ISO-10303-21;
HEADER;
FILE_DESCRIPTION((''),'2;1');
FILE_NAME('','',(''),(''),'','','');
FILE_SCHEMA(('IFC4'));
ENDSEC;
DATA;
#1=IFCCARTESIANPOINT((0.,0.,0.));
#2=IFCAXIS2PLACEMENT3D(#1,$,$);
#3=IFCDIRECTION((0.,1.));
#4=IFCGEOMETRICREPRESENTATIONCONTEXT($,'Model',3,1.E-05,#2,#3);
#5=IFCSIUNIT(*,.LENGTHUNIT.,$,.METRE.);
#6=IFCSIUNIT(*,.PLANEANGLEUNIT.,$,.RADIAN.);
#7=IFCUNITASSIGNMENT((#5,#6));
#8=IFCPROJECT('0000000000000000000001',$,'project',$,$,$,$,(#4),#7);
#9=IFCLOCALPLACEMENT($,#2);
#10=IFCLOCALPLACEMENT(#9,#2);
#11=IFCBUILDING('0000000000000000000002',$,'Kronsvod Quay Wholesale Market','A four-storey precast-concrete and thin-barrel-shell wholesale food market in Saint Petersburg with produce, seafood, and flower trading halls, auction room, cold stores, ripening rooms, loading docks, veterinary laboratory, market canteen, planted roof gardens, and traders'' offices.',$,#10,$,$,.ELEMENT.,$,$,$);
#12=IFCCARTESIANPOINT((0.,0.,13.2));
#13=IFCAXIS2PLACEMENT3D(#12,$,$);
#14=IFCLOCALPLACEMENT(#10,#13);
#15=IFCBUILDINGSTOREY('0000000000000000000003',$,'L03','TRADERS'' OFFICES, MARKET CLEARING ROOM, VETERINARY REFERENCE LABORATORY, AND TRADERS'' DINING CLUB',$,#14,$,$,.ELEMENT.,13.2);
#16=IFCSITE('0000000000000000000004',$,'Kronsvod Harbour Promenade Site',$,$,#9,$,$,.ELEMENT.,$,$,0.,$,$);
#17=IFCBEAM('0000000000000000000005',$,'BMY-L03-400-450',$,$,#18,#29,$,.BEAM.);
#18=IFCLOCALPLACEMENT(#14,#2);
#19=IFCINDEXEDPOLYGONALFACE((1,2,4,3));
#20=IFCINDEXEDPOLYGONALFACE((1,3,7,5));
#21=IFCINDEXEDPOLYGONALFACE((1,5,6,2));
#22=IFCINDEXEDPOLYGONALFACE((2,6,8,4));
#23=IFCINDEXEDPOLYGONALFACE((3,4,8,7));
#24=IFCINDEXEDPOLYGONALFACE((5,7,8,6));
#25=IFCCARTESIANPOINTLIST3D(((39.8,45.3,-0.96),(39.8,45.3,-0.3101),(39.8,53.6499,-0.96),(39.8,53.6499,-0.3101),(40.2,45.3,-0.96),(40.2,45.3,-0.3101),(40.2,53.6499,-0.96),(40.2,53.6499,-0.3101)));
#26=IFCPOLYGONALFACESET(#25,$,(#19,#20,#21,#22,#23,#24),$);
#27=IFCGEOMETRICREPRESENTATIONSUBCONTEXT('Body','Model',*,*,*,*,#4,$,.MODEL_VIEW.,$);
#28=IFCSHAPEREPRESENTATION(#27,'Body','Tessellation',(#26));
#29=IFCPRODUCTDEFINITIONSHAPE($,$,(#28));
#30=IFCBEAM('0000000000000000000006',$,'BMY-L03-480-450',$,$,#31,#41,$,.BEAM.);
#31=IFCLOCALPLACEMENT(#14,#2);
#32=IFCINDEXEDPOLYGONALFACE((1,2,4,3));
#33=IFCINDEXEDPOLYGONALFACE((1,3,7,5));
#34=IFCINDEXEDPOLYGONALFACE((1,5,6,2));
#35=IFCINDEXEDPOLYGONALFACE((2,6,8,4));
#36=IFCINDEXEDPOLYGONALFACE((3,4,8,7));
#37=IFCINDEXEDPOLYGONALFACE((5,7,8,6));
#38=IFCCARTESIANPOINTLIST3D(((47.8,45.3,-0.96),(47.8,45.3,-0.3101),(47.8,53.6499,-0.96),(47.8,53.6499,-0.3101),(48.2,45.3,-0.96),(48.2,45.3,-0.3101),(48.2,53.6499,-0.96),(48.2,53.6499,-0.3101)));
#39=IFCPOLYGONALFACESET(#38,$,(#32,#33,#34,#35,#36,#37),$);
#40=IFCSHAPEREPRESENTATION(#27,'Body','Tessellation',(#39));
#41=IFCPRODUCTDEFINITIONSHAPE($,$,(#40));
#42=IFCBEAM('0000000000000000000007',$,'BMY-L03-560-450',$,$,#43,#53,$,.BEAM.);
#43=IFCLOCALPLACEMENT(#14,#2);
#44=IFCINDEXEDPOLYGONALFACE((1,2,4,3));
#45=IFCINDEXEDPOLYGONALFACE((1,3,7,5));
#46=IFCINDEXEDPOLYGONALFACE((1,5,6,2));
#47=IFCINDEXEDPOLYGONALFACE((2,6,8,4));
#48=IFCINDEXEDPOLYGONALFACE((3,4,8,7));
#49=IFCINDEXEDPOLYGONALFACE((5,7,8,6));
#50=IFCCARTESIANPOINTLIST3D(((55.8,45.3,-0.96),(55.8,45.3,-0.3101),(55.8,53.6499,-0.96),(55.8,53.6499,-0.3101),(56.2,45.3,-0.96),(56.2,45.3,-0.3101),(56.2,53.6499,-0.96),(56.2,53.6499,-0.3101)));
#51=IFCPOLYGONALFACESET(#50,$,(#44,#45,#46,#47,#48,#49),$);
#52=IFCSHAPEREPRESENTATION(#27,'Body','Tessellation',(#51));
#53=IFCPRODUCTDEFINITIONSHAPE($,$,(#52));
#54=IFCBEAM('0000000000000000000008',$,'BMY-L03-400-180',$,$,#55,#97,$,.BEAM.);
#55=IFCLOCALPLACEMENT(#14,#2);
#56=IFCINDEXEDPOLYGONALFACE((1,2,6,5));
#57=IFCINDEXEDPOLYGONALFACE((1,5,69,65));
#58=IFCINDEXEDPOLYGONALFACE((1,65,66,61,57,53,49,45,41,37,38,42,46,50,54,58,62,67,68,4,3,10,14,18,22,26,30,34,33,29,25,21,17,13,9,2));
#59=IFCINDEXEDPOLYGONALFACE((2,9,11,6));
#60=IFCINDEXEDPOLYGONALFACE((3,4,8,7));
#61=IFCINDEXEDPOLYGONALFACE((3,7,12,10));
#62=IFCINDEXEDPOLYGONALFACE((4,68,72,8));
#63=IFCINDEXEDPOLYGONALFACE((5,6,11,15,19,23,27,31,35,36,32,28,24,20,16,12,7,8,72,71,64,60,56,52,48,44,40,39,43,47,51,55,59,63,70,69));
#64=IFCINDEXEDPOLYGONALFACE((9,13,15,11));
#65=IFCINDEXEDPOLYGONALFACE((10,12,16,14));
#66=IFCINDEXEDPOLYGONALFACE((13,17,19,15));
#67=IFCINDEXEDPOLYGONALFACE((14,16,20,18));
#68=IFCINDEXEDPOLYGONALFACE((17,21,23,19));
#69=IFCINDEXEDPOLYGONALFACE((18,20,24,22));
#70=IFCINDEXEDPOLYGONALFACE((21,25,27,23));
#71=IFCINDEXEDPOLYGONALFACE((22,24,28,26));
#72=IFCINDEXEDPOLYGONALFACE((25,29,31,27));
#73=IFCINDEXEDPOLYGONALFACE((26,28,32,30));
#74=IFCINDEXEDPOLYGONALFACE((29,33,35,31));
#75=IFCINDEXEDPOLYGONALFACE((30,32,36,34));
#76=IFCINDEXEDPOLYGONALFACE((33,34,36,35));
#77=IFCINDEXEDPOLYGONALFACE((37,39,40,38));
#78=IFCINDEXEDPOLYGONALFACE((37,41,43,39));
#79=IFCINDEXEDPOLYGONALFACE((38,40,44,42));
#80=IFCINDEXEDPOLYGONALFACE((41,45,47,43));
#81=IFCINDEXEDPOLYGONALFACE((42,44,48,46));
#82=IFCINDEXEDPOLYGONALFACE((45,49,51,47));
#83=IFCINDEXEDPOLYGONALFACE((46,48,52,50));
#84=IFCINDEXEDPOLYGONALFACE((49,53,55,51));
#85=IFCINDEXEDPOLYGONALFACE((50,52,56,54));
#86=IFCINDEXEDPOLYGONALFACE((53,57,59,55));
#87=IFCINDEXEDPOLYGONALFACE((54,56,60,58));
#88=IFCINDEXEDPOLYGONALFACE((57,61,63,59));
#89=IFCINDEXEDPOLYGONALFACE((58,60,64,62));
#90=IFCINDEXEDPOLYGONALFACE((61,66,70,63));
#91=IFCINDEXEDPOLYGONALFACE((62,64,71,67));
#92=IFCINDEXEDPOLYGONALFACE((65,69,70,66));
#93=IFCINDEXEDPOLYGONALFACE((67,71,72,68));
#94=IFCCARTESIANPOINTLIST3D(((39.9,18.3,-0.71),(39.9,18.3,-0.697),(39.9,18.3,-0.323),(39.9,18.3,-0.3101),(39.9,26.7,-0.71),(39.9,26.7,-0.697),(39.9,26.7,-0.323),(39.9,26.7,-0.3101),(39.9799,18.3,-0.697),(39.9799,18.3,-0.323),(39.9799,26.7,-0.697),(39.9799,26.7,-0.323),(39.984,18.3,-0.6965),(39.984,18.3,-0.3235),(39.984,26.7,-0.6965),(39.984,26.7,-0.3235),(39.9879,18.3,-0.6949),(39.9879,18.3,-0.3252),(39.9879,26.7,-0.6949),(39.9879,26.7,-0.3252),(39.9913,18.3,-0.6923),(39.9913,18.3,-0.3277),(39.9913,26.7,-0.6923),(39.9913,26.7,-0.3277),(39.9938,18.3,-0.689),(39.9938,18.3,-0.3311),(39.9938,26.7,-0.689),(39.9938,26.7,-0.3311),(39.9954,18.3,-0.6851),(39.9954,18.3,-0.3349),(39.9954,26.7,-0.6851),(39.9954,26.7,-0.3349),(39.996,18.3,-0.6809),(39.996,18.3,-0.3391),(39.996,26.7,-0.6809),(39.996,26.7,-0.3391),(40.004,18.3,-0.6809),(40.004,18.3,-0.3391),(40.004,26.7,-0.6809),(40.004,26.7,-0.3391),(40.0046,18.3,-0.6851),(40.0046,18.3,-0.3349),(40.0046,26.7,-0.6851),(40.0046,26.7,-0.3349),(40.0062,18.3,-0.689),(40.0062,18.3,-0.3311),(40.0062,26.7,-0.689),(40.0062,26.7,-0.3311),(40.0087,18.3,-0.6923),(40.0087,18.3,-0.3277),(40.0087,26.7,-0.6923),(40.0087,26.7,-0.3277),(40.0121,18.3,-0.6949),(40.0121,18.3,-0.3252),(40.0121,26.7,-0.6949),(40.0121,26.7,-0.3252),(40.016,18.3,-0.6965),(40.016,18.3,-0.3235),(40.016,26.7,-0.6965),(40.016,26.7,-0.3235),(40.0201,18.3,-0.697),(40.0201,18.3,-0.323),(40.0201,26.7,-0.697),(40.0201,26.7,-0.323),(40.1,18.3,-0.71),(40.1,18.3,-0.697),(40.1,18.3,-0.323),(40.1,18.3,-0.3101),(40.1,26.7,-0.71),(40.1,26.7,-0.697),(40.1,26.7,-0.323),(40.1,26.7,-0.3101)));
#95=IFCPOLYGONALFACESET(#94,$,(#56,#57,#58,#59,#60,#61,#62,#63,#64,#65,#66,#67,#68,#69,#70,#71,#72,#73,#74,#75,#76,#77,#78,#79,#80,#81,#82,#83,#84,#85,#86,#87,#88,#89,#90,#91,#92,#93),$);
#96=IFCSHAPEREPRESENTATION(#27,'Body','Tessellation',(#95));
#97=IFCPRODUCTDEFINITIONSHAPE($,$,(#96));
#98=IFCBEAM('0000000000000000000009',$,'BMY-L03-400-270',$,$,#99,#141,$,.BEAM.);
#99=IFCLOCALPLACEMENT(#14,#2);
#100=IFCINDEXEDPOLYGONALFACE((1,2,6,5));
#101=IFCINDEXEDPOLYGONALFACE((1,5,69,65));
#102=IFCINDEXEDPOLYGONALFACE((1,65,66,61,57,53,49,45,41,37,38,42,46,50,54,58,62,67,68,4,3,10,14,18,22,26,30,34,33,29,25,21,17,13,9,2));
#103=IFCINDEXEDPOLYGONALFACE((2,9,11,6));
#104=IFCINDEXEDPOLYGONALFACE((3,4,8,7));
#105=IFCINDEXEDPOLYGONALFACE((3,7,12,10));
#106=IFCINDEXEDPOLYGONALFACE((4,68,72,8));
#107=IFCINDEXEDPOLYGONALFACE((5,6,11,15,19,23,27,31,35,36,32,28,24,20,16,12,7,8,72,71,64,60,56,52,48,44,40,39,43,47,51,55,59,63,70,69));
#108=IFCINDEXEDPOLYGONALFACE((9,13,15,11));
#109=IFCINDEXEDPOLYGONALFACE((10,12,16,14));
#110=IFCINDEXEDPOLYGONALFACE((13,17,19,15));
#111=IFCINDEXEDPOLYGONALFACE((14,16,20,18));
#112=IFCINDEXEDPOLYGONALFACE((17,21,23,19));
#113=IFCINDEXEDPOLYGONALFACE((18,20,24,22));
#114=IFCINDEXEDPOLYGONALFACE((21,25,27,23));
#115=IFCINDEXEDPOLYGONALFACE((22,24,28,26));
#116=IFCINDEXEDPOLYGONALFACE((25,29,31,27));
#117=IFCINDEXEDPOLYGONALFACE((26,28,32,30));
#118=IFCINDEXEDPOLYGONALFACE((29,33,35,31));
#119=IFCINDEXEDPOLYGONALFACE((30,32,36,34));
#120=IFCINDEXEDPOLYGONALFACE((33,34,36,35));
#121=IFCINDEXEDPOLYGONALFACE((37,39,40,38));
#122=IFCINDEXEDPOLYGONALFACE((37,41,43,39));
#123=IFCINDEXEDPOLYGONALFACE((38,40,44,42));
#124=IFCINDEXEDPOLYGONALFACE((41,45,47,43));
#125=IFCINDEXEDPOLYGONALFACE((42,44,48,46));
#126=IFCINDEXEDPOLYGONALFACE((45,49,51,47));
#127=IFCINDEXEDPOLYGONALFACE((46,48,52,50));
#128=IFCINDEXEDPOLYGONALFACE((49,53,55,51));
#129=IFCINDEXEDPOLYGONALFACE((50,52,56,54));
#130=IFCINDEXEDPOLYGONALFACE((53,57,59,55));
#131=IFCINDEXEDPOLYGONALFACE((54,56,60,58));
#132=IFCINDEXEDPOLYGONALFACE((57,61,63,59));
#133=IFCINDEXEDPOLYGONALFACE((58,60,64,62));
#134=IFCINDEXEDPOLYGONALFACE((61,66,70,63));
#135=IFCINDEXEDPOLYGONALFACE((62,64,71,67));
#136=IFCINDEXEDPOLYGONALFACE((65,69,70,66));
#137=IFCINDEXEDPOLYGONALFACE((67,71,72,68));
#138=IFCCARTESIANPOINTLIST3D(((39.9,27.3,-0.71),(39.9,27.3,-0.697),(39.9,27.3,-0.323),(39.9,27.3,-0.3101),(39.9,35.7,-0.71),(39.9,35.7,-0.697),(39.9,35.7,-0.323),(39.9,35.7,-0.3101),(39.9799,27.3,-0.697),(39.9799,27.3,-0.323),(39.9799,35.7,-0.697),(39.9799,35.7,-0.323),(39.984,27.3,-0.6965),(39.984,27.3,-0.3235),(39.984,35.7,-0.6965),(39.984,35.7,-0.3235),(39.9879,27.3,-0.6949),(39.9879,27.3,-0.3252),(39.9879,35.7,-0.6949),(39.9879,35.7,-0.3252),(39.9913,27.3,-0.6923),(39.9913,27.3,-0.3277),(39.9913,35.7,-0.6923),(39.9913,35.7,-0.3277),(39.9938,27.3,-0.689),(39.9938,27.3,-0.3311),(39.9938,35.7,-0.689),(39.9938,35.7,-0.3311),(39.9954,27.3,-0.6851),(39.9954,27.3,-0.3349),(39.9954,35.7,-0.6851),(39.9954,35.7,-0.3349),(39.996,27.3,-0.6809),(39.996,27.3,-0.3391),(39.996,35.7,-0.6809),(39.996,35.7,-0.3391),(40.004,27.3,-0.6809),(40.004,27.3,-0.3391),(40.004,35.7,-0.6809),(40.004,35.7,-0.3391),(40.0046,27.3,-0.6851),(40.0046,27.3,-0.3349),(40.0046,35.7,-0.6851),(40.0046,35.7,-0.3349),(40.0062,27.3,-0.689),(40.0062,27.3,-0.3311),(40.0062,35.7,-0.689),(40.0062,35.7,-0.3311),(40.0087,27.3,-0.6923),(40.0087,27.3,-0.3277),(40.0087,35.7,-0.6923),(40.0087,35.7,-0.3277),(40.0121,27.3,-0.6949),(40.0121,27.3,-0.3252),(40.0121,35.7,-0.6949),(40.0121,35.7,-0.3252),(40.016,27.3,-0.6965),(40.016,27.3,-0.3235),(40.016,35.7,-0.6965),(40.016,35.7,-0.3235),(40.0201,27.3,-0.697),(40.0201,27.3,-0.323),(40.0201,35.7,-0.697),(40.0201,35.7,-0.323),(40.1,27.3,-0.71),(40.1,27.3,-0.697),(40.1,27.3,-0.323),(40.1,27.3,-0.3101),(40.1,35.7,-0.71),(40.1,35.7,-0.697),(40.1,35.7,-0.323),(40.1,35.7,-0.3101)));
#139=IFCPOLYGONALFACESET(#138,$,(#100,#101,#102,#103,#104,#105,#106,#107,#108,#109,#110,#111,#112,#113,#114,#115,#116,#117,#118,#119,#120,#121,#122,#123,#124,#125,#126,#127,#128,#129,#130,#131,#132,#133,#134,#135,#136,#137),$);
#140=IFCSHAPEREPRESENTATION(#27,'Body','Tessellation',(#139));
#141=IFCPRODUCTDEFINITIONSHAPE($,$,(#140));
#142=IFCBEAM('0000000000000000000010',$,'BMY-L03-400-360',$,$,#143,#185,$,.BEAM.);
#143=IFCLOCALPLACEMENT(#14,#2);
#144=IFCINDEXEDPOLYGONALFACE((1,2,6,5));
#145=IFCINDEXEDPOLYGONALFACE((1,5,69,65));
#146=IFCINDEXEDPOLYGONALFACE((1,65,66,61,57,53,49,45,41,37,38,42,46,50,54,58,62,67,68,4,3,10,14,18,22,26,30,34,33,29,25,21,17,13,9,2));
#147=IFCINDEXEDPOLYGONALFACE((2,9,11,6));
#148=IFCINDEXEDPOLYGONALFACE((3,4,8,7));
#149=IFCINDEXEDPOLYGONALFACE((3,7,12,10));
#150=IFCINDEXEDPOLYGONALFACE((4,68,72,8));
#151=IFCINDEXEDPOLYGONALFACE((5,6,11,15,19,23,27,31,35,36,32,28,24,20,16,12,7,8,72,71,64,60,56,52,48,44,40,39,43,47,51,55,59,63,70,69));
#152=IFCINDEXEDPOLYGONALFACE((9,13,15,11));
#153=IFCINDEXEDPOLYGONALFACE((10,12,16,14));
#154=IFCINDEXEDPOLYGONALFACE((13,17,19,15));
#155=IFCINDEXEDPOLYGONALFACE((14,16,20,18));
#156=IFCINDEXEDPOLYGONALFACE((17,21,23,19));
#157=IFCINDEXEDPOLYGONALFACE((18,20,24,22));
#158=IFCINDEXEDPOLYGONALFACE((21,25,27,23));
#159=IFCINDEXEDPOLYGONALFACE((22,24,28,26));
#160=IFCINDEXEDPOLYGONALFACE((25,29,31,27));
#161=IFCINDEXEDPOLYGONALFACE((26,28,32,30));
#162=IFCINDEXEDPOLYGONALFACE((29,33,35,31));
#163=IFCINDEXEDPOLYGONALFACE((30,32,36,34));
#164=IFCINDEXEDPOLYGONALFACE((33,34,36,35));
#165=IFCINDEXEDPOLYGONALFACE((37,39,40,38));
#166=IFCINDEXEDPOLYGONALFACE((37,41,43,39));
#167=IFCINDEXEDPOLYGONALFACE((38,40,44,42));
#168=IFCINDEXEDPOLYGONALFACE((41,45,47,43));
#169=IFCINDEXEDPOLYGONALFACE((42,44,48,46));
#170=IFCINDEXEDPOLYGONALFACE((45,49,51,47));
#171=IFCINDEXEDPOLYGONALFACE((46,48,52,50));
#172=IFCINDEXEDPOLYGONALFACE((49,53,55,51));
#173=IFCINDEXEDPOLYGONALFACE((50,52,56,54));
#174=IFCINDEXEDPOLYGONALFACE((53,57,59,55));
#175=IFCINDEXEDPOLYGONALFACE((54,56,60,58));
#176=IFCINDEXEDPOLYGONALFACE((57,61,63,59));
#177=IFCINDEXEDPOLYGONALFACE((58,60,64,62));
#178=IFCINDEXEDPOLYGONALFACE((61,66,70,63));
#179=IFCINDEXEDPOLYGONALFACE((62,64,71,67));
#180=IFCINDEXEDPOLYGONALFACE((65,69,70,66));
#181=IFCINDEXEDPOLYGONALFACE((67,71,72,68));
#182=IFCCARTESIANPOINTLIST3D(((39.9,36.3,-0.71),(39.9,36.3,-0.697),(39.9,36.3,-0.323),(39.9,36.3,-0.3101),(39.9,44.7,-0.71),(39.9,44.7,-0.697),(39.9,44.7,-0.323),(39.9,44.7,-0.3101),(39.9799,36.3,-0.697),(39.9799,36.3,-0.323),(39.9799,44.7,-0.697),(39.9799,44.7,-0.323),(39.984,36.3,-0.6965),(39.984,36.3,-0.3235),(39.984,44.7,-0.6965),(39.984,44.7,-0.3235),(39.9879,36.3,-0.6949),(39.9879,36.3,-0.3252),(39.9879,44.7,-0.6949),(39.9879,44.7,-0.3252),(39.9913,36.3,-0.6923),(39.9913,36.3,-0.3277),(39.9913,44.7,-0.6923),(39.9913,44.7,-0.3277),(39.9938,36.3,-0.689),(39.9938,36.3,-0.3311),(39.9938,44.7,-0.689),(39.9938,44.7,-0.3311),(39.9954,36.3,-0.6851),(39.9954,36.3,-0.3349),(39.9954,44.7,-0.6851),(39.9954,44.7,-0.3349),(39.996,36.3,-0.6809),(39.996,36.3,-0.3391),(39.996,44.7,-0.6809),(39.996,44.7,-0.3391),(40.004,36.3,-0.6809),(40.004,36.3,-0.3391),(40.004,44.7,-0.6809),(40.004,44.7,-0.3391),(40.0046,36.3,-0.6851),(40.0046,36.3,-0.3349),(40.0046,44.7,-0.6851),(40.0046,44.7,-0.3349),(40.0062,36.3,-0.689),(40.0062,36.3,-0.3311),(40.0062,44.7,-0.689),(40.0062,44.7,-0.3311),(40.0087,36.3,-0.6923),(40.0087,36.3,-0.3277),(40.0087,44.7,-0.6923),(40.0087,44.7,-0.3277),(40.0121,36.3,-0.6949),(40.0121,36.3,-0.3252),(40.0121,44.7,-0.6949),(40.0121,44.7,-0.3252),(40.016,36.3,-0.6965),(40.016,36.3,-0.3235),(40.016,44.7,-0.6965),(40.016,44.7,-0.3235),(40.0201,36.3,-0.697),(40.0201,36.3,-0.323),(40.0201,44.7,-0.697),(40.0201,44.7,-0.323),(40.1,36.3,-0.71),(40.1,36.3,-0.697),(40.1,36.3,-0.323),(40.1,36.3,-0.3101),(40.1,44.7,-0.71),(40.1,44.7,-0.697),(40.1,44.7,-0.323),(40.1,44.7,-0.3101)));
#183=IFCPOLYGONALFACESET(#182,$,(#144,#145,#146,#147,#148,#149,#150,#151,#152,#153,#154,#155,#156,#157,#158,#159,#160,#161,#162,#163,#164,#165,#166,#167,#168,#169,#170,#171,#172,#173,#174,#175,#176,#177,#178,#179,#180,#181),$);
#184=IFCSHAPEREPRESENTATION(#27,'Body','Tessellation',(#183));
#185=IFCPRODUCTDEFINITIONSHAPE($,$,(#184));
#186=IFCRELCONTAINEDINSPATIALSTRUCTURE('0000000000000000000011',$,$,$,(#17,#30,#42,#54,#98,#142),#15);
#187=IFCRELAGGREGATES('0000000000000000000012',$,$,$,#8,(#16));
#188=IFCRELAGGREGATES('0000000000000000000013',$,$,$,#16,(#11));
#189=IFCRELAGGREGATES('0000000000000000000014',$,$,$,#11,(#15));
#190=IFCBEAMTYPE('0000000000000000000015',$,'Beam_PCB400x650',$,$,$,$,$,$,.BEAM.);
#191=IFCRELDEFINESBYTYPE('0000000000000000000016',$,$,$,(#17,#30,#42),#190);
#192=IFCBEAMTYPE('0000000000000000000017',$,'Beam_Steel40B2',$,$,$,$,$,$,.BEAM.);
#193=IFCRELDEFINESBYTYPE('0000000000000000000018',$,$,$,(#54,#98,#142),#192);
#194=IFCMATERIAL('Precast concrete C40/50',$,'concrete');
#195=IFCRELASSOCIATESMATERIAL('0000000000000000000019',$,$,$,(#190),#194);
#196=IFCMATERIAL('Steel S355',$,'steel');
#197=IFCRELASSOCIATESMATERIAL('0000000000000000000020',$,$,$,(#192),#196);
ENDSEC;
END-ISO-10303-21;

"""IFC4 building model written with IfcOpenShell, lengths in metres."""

from ifc_helpers import new_model, si_unit, direction, frame, origin, origin_2d, place, context, subcontext, project, spatial, rectangle, i_section, extrude, material, material_profile, profile_set, type_object, element, save


model = new_model("IFC4")

# Units and contexts
model_context = context("Model", 3, precision=1e-05, world=origin(), true_north=direction((0.0, 1.0)))
body_context = subcontext(model_context, "Body", "Model", "MODEL_VIEW")
ifc_project = project(units=[si_unit("LENGTHUNIT", "METRE"), si_unit("PLANEANGLEUNIT", "RADIAN")], contexts=[model_context])

# Site, building, storey
site_placement = place(None, origin())
site = spatial("IfcSite", under=ifc_project, at=site_placement, Name="Kronsvod Harbour Promenade Site", CompositionType="ELEMENT", RefElevation=0.0)
building_placement = place(site_placement, origin())
building = spatial("IfcBuilding", under=site, at=building_placement, Name="Kronsvod Quay Wholesale Market", Description="A four-storey precast-concrete and thin-barrel-shell wholesale food market in Saint Petersburg with produce, seafood, and flower trading halls, auction room, cold stores, ripening rooms, loading docks, veterinary laboratory, market canteen, planted roof gardens, and traders' offices.", CompositionType="ELEMENT")
storey_placement = place(building_placement, frame((0.0, 0.0, 13.2)))
storey = spatial("IfcBuildingStorey", under=building, at=storey_placement, Name="L03", Description="TRADERS' OFFICES, MARKET CLEARING ROOM, VETERINARY REFERENCE LABORATORY, AND TRADERS' DINING CLUB", CompositionType="ELEMENT", Elevation=13.2)

# Beams
ifc_material_1 = material(Name="Precast concrete C40/50", Category="concrete")
ifc_material_profile_1 = material_profile(ifc_material_1, rectangle(XDim=0.3999, YDim=0.6499, at=origin_2d()), Name="PCB400x650")
ifc_profile_set_1 = profile_set([ifc_material_profile_1], Name="Precast concrete C40/50")
beam_type_1 = type_object("IfcBeamType", Name="Beam_PCB400x650", PredefinedType="BEAM", material=ifc_profile_set_1)
for number, where, z_axis, x_axis, name in (
    (1, (40.0, 45.3, -0.635), (0.0, 1.0, 0.0), (-1.0, 0.0, 0.0), "BMY-L03-400-450"),
    (2, (48.0, 45.3, -0.635), (0.0, 1.0, 0.0), (-1.0, 0.0, 0.0), "BMY-L03-480-450"),
    (3, (56.0, 45.3, -0.635), (0.0, 1.0, 0.0), (-1.0, 0.0, 0.0), "BMY-L03-560-450"),
):
    element("IfcBeam", number, at=place(storey_placement, frame(where, z_axis=z_axis, x_axis=x_axis)), inside=storey, type_object=beam_type_1, Name=name, PredefinedType="BEAM", context=body_context, shape_type="SweptSolid", body=[
        extrude(rectangle(XDim=0.3999, YDim=0.6499, at=origin_2d()), origin(), (0.0, 0.0, 1.0), 8.3499),
    ])
ifc_material_2 = material(Name="Steel S355", Category="steel")
ifc_material_profile_2 = material_profile(ifc_material_2, i_section(OverallWidth=0.2, OverallDepth=0.3999, WebThickness=0.0081, FlangeThickness=0.0129, FilletRadius=0.0161, at=origin_2d()), Name="40B2")
ifc_profile_set_2 = profile_set([ifc_material_profile_2], Name="Steel S355")
beam_type_2 = type_object("IfcBeamType", Name="Beam_Steel40B2", PredefinedType="BEAM", material=ifc_profile_set_2)
for number, where, z_axis, x_axis, name in (
    (4, (40.0, 18.3, -0.51), (0.0, 1.0, 0.0), (-1.0, 0.0, 0.0), "BMY-L03-400-180"),
    (5, (40.0, 27.3, -0.51), (0.0, 1.0, 0.0), (-1.0, 0.0, 0.0), "BMY-L03-400-270"),
    (6, (40.0, 36.3, -0.51), (0.0, 1.0, 0.0), (-1.0, 0.0, 0.0), "BMY-L03-400-360"),
):
    element("IfcBeam", number, at=place(storey_placement, frame(where, z_axis=z_axis, x_axis=x_axis)), inside=storey, type_object=beam_type_2, Name=name, PredefinedType="BEAM", context=body_context, shape_type="SweptSolid", body=[
        extrude(i_section(OverallWidth=0.2, OverallDepth=0.3999, WebThickness=0.0081, FlangeThickness=0.0129, FilletRadius=0.0161, at=origin_2d()), origin(), (0.0, 0.0, 1.0), 8.3999),
    ])

save(model, "model.ifc")
